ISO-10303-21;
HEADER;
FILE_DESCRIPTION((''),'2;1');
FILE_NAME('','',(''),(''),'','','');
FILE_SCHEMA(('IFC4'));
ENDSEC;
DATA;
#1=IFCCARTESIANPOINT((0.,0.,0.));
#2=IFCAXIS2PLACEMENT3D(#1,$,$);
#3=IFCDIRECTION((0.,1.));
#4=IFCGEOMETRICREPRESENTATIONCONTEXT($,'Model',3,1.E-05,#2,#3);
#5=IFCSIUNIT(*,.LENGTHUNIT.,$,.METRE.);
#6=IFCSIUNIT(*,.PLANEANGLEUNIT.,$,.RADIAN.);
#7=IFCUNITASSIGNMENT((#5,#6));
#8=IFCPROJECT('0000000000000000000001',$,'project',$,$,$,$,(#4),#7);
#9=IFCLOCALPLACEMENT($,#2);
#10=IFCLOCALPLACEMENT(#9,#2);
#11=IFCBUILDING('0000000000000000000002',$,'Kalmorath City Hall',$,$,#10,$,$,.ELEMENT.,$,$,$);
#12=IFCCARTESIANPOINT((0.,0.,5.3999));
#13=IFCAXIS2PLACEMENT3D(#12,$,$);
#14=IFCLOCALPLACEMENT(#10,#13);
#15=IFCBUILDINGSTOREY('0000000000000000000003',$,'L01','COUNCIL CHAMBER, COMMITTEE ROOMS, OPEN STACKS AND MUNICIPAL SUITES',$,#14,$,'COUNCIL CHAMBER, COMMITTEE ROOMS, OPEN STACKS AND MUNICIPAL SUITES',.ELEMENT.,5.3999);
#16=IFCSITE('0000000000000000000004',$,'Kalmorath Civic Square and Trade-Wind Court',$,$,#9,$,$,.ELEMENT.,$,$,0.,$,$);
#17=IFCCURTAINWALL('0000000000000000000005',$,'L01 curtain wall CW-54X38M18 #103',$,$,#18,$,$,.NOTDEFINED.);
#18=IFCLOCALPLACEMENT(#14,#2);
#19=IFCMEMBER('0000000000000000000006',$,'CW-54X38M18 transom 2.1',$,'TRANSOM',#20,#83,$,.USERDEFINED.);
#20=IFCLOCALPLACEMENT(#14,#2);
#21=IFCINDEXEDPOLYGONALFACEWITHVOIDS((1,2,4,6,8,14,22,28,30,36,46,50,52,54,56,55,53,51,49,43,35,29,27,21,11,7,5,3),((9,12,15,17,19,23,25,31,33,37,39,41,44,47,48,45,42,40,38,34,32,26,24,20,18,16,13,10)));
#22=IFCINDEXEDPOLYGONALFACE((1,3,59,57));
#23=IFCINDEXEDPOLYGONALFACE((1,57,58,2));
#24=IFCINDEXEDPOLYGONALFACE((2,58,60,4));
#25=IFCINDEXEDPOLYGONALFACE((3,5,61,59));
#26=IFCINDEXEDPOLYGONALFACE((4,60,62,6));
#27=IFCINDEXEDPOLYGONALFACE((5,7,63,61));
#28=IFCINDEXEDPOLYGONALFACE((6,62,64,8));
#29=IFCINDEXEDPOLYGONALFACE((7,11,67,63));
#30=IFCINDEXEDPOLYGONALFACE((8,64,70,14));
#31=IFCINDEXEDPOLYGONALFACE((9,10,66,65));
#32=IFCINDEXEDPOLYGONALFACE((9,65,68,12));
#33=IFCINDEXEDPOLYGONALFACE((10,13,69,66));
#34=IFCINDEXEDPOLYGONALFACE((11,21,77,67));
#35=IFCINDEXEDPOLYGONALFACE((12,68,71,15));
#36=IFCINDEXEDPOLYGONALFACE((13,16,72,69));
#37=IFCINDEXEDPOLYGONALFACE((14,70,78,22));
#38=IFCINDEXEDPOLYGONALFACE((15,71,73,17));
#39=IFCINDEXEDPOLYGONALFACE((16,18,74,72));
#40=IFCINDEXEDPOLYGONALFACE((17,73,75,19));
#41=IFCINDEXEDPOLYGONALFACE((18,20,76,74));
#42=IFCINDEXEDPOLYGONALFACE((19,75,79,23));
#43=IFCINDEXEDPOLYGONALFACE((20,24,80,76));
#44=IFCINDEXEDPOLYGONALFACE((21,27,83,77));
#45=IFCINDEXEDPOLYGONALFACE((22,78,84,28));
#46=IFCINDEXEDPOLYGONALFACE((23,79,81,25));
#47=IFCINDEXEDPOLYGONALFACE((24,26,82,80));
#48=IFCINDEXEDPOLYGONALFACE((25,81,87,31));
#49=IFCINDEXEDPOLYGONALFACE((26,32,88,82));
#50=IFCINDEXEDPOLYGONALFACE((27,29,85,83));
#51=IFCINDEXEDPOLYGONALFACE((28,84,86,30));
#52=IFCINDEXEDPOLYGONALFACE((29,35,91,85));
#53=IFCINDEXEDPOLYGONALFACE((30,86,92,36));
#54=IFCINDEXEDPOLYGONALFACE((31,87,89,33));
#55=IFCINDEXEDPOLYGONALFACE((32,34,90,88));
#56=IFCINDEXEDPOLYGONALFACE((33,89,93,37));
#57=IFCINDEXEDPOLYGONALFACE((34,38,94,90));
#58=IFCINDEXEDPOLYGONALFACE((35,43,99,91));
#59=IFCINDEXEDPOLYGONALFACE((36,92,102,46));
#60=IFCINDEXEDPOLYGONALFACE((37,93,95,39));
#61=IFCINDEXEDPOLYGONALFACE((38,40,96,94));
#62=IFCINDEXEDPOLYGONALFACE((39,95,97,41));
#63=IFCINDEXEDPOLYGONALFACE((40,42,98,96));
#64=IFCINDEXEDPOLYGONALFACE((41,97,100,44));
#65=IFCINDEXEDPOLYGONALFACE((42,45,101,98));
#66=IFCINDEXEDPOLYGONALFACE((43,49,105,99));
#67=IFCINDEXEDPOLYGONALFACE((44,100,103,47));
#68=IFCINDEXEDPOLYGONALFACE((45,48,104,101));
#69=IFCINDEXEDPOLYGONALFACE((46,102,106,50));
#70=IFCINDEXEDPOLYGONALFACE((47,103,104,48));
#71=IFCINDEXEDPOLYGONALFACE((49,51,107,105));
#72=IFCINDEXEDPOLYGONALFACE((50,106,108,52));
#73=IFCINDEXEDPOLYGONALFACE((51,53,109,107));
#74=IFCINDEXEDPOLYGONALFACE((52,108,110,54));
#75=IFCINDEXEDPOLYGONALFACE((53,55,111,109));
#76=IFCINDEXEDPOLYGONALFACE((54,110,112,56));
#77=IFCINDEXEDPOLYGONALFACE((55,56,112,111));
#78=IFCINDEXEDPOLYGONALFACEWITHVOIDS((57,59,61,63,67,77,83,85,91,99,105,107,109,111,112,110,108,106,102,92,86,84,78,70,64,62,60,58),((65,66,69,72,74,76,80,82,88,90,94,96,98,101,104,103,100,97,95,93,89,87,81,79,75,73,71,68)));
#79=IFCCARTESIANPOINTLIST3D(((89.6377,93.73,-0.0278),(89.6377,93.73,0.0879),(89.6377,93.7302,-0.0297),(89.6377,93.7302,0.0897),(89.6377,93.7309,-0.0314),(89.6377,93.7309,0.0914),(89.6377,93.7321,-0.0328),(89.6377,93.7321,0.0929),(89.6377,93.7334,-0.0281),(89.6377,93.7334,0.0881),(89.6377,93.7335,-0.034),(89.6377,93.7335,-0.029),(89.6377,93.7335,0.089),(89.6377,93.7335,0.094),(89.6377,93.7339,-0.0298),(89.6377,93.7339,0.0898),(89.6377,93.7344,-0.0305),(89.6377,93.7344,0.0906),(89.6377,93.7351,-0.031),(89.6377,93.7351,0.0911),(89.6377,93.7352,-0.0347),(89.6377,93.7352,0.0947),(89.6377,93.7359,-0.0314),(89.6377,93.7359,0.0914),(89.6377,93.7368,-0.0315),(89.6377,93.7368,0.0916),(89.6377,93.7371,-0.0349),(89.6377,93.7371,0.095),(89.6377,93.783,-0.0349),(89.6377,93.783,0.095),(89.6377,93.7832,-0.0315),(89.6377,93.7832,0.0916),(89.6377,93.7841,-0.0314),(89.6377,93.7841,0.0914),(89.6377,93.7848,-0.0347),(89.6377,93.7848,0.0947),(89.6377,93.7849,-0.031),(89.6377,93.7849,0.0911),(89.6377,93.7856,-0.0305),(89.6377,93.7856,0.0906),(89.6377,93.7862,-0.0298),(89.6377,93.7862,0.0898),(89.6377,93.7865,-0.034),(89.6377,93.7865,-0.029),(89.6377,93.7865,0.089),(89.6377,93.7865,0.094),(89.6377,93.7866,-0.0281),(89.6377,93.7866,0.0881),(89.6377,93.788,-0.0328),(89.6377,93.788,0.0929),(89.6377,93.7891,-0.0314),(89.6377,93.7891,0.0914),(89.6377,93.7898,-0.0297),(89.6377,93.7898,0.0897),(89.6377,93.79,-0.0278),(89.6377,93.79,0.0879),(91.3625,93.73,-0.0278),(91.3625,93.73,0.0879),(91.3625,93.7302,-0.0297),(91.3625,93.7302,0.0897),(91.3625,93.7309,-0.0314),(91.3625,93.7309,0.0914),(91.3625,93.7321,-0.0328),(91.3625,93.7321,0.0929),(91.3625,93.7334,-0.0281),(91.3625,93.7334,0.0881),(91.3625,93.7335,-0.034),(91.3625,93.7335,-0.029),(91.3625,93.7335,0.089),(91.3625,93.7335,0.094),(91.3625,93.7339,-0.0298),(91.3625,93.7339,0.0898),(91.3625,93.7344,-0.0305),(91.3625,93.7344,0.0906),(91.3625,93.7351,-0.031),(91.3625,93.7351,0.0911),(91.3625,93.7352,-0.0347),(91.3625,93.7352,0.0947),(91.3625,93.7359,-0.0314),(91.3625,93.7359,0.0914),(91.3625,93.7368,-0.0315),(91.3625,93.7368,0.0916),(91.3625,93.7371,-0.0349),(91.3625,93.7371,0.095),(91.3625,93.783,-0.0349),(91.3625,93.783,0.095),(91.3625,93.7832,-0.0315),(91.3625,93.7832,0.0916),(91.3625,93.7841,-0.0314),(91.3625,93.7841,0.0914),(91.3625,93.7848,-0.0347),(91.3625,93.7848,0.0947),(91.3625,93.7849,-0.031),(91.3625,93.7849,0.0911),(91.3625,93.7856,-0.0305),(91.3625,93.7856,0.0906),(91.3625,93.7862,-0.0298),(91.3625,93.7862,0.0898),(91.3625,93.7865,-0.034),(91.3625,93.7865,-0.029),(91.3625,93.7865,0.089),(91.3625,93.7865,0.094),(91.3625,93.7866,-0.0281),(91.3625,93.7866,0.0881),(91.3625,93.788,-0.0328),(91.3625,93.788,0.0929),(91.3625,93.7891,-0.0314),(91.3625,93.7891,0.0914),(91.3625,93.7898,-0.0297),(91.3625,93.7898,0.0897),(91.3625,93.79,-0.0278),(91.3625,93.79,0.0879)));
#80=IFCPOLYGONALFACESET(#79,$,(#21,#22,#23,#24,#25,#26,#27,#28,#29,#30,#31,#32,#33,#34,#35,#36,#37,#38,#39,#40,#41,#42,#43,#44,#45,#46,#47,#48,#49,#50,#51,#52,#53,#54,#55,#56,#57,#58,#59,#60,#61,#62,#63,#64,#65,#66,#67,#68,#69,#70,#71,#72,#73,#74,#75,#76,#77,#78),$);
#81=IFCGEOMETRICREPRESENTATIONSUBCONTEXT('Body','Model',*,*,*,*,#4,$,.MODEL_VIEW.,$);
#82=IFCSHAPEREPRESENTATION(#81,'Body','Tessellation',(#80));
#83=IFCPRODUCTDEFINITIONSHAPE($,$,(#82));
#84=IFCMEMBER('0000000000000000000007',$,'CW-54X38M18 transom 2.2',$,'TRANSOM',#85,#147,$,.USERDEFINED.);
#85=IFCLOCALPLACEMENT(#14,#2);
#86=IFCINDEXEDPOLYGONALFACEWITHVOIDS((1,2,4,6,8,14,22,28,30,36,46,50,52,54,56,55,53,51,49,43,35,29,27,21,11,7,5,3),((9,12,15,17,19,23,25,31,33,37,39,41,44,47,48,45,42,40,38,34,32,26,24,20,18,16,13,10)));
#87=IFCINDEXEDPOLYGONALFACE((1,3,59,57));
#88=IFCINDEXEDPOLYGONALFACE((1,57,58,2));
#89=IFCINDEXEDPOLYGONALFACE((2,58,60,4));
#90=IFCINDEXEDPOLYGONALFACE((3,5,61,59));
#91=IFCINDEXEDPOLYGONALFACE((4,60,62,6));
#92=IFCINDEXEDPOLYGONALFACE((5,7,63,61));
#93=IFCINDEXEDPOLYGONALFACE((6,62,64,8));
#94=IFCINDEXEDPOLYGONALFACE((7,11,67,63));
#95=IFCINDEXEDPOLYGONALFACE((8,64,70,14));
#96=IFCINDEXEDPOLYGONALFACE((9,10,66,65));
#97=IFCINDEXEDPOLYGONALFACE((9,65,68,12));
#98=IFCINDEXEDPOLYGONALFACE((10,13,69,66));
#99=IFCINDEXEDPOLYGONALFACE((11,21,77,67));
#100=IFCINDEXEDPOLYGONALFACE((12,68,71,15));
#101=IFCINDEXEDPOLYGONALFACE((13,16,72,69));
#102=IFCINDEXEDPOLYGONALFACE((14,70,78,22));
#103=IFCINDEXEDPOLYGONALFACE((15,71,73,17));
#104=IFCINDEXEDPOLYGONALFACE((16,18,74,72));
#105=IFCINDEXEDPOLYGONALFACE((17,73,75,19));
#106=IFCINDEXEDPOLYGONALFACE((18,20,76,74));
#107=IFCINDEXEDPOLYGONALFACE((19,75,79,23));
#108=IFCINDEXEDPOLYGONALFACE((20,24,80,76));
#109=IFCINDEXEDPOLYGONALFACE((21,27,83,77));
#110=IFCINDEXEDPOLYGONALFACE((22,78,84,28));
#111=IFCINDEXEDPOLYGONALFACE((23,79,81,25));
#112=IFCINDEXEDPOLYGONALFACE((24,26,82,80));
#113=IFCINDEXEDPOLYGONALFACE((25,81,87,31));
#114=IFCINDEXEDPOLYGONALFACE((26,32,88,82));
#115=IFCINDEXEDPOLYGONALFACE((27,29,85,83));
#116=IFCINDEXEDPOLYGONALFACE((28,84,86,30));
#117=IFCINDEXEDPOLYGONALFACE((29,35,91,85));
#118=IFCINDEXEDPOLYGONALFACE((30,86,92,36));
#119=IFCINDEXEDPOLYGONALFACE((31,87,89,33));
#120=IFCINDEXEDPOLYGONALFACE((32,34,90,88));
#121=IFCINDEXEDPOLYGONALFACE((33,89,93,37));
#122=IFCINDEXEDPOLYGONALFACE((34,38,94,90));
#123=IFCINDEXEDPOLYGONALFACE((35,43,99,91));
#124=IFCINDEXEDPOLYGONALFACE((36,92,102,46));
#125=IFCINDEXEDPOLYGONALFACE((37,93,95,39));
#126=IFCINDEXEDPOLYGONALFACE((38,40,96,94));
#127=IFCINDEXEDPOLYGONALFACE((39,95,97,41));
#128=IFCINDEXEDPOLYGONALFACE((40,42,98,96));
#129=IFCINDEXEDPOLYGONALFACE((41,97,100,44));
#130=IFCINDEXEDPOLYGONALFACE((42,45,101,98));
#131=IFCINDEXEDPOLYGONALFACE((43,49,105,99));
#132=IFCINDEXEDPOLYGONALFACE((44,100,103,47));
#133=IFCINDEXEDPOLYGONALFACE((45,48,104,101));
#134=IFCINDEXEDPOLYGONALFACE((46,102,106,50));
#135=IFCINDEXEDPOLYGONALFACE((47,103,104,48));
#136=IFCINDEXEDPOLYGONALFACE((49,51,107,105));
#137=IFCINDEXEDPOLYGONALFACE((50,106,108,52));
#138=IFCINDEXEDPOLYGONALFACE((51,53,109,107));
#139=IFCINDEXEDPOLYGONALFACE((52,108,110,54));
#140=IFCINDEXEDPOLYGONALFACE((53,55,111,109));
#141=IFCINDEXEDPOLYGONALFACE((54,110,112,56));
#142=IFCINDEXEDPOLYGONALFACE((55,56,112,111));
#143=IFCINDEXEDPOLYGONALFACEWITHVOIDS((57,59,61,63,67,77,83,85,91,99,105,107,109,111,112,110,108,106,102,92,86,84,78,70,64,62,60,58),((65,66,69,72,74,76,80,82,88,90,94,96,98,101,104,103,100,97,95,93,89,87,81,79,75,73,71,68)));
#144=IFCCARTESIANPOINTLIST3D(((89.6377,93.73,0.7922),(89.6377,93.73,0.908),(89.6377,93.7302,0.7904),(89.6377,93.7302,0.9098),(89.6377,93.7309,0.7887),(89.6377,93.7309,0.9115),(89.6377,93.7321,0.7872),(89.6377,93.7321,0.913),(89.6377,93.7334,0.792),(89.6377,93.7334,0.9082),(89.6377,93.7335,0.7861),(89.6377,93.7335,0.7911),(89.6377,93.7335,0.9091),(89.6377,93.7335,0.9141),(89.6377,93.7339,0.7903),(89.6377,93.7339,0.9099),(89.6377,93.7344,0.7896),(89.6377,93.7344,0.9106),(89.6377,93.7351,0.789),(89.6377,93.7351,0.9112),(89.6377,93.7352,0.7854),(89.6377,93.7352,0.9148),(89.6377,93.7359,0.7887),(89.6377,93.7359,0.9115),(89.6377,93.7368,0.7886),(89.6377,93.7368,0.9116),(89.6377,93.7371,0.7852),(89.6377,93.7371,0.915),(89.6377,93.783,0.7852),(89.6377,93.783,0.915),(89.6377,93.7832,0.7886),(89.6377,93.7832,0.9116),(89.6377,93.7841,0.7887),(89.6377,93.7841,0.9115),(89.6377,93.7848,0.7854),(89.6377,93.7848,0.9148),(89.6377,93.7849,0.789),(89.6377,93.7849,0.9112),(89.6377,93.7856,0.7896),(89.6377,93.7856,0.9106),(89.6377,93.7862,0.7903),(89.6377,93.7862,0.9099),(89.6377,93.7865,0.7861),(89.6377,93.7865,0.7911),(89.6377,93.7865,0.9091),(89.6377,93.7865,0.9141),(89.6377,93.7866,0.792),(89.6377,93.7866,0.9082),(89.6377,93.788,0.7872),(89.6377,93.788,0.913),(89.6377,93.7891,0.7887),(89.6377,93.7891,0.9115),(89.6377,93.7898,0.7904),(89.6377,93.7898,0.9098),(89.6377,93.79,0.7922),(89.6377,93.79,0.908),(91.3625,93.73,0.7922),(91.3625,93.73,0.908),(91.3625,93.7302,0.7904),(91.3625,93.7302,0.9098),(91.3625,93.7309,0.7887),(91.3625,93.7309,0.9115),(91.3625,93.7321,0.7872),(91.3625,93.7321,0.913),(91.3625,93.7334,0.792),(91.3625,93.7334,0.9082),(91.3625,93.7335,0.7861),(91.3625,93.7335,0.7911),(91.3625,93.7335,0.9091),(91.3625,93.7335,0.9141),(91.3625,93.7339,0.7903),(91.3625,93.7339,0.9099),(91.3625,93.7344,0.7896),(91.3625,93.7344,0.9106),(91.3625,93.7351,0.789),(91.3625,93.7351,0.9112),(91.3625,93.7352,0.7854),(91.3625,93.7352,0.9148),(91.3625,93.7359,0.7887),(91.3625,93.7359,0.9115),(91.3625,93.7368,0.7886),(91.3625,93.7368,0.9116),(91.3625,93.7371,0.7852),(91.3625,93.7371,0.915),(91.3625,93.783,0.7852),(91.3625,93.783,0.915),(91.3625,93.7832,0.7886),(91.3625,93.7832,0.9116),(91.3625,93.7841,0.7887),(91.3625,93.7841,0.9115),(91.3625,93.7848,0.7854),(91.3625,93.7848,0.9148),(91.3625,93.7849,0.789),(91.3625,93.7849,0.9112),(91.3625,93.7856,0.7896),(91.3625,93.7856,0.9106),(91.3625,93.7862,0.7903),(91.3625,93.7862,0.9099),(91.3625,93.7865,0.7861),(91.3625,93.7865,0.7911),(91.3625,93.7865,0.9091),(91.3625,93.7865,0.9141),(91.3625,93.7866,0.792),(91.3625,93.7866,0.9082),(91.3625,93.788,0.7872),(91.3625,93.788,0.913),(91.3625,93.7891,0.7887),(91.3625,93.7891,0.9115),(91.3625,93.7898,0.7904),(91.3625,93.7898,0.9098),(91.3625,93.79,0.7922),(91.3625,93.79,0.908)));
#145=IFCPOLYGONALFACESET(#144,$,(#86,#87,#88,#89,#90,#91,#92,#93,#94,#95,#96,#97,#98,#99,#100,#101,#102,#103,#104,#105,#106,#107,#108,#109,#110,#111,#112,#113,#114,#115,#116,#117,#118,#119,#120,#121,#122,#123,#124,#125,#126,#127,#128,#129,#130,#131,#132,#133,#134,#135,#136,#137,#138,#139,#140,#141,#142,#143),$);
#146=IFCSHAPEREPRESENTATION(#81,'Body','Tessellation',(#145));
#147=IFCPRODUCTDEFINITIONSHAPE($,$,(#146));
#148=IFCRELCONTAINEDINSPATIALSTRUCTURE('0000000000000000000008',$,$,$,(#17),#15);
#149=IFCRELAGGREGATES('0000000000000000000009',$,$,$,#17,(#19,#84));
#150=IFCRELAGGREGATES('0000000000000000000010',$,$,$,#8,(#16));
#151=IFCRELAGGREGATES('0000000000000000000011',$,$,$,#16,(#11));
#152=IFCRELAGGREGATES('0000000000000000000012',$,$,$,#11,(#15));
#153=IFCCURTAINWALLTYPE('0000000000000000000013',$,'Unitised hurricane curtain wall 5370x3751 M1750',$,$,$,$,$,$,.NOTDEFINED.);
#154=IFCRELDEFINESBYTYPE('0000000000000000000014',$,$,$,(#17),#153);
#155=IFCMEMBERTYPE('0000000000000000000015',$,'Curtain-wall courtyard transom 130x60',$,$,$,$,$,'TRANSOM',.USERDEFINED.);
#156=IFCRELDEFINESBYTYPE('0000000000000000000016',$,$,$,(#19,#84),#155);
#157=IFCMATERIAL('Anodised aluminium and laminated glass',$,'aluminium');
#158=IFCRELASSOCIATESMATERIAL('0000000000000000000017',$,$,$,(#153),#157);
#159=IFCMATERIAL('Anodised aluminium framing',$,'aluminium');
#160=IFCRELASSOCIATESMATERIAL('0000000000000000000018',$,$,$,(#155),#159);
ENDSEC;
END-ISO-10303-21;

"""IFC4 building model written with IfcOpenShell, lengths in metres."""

from ifc_helpers import new_model, si_unit, direction, frame, origin, origin_2d, place, context, subcontext, project, spatial, hollow_rectangle, extrude, material, material_profile, profile_set, type_object, element, aggregate, save


model = new_model("IFC4")

# Units and contexts
model_context = context("Model", 3, precision=1e-05, world=origin(), true_north=direction((0.0, 1.0)))
body_context = subcontext(model_context, "Body", "Model", "MODEL_VIEW")
ifc_project = project(units=[si_unit("LENGTHUNIT", "METRE"), si_unit("PLANEANGLEUNIT", "RADIAN")], contexts=[model_context])

# Site, building, storey
site_placement = place(None, origin())
site = spatial("IfcSite", under=ifc_project, at=site_placement, Name="Kalmorath Civic Square and Trade-Wind Court", CompositionType="ELEMENT", RefElevation=0.0)
building_placement = place(site_placement, origin())
building = spatial("IfcBuilding", under=site, at=building_placement, Name="Kalmorath City Hall", CompositionType="ELEMENT")
storey_placement = place(building_placement, frame((0.0, 0.0, 5.3999)))
storey = spatial("IfcBuildingStorey", under=building, at=storey_placement, Name="L01", Description="COUNCIL CHAMBER, COMMITTEE ROOMS, OPEN STACKS AND MUNICIPAL SUITES", LongName="COUNCIL CHAMBER, COMMITTEE ROOMS, OPEN STACKS AND MUNICIPAL SUITES", CompositionType="ELEMENT", Elevation=5.3999)

# Curtain wall, members
ifc_material_1 = material(Name="Anodised aluminium and laminated glass", Category="aluminium")
curtain_wall_type = type_object("IfcCurtainWallType", Name="Unitised hurricane curtain wall 5370x3751 M1750", PredefinedType="NOTDEFINED", material=ifc_material_1)
curtain_wall_placement = place(storey_placement, origin())
curtain_wall = element("IfcCurtainWall", 1, at=curtain_wall_placement, inside=storey, type_object=curtain_wall_type, Name="L01 curtain wall CW-54X38M18 #103", PredefinedType="NOTDEFINED")
ifc_material_2 = material(Name="Anodised aluminium framing", Category="aluminium")
ifc_material_profile_1 = material_profile(ifc_material_2, hollow_rectangle(XDim=0.0601, YDim=0.1299, WallThickness=0.0034, InnerFilletRadius=0.0034, OuterFilletRadius=0.0071, at=origin_2d()), Name="ALU-TRN-130X60X3.5")
ifc_profile_set_1 = profile_set([ifc_material_profile_1], Name="Anodised aluminium framing")
member_type_1 = type_object("IfcMemberType", Name="Curtain-wall courtyard transom 130x60", ElementType="TRANSOM", PredefinedType="USERDEFINED", material=ifc_profile_set_1)
member_1_placement = place(storey_placement, frame((91.3625, 93.76, 0.03), z_axis=(-1.0, 0.0, 0.0), x_axis=(0.0, -1.0, 0.0)))
member_1 = element("IfcMember", 2, at=member_1_placement, type_object=member_type_1, Name="CW-54X38M18 transom 2.1", ObjectType="TRANSOM", PredefinedType="USERDEFINED", context=body_context, shape_type="SweptSolid", body=[
    extrude(hollow_rectangle(XDim=0.0601, YDim=0.1299, WallThickness=0.0034, InnerFilletRadius=0.0034, OuterFilletRadius=0.0071, at=origin_2d()), origin(), (0.0, 0.0, 1.0), 1.7249),
])
member_2_placement = place(storey_placement, frame((91.3625, 93.76, 0.8501), z_axis=(-1.0, 0.0, 0.0), x_axis=(0.0, -1.0, 0.0)))
member_2 = element("IfcMember", 3, at=member_2_placement, type_object=member_type_1, Name="CW-54X38M18 transom 2.2", ObjectType="TRANSOM", PredefinedType="USERDEFINED", context=body_context, shape_type="SweptSolid", body=[
    extrude(hollow_rectangle(XDim=0.0601, YDim=0.1299, WallThickness=0.0034, InnerFilletRadius=0.0034, OuterFilletRadius=0.0071, at=origin_2d()), origin(), (0.0, 0.0, 1.0), 1.7249),
])

aggregate(curtain_wall, [member_1, member_2])

save(model, "model.ifc")
